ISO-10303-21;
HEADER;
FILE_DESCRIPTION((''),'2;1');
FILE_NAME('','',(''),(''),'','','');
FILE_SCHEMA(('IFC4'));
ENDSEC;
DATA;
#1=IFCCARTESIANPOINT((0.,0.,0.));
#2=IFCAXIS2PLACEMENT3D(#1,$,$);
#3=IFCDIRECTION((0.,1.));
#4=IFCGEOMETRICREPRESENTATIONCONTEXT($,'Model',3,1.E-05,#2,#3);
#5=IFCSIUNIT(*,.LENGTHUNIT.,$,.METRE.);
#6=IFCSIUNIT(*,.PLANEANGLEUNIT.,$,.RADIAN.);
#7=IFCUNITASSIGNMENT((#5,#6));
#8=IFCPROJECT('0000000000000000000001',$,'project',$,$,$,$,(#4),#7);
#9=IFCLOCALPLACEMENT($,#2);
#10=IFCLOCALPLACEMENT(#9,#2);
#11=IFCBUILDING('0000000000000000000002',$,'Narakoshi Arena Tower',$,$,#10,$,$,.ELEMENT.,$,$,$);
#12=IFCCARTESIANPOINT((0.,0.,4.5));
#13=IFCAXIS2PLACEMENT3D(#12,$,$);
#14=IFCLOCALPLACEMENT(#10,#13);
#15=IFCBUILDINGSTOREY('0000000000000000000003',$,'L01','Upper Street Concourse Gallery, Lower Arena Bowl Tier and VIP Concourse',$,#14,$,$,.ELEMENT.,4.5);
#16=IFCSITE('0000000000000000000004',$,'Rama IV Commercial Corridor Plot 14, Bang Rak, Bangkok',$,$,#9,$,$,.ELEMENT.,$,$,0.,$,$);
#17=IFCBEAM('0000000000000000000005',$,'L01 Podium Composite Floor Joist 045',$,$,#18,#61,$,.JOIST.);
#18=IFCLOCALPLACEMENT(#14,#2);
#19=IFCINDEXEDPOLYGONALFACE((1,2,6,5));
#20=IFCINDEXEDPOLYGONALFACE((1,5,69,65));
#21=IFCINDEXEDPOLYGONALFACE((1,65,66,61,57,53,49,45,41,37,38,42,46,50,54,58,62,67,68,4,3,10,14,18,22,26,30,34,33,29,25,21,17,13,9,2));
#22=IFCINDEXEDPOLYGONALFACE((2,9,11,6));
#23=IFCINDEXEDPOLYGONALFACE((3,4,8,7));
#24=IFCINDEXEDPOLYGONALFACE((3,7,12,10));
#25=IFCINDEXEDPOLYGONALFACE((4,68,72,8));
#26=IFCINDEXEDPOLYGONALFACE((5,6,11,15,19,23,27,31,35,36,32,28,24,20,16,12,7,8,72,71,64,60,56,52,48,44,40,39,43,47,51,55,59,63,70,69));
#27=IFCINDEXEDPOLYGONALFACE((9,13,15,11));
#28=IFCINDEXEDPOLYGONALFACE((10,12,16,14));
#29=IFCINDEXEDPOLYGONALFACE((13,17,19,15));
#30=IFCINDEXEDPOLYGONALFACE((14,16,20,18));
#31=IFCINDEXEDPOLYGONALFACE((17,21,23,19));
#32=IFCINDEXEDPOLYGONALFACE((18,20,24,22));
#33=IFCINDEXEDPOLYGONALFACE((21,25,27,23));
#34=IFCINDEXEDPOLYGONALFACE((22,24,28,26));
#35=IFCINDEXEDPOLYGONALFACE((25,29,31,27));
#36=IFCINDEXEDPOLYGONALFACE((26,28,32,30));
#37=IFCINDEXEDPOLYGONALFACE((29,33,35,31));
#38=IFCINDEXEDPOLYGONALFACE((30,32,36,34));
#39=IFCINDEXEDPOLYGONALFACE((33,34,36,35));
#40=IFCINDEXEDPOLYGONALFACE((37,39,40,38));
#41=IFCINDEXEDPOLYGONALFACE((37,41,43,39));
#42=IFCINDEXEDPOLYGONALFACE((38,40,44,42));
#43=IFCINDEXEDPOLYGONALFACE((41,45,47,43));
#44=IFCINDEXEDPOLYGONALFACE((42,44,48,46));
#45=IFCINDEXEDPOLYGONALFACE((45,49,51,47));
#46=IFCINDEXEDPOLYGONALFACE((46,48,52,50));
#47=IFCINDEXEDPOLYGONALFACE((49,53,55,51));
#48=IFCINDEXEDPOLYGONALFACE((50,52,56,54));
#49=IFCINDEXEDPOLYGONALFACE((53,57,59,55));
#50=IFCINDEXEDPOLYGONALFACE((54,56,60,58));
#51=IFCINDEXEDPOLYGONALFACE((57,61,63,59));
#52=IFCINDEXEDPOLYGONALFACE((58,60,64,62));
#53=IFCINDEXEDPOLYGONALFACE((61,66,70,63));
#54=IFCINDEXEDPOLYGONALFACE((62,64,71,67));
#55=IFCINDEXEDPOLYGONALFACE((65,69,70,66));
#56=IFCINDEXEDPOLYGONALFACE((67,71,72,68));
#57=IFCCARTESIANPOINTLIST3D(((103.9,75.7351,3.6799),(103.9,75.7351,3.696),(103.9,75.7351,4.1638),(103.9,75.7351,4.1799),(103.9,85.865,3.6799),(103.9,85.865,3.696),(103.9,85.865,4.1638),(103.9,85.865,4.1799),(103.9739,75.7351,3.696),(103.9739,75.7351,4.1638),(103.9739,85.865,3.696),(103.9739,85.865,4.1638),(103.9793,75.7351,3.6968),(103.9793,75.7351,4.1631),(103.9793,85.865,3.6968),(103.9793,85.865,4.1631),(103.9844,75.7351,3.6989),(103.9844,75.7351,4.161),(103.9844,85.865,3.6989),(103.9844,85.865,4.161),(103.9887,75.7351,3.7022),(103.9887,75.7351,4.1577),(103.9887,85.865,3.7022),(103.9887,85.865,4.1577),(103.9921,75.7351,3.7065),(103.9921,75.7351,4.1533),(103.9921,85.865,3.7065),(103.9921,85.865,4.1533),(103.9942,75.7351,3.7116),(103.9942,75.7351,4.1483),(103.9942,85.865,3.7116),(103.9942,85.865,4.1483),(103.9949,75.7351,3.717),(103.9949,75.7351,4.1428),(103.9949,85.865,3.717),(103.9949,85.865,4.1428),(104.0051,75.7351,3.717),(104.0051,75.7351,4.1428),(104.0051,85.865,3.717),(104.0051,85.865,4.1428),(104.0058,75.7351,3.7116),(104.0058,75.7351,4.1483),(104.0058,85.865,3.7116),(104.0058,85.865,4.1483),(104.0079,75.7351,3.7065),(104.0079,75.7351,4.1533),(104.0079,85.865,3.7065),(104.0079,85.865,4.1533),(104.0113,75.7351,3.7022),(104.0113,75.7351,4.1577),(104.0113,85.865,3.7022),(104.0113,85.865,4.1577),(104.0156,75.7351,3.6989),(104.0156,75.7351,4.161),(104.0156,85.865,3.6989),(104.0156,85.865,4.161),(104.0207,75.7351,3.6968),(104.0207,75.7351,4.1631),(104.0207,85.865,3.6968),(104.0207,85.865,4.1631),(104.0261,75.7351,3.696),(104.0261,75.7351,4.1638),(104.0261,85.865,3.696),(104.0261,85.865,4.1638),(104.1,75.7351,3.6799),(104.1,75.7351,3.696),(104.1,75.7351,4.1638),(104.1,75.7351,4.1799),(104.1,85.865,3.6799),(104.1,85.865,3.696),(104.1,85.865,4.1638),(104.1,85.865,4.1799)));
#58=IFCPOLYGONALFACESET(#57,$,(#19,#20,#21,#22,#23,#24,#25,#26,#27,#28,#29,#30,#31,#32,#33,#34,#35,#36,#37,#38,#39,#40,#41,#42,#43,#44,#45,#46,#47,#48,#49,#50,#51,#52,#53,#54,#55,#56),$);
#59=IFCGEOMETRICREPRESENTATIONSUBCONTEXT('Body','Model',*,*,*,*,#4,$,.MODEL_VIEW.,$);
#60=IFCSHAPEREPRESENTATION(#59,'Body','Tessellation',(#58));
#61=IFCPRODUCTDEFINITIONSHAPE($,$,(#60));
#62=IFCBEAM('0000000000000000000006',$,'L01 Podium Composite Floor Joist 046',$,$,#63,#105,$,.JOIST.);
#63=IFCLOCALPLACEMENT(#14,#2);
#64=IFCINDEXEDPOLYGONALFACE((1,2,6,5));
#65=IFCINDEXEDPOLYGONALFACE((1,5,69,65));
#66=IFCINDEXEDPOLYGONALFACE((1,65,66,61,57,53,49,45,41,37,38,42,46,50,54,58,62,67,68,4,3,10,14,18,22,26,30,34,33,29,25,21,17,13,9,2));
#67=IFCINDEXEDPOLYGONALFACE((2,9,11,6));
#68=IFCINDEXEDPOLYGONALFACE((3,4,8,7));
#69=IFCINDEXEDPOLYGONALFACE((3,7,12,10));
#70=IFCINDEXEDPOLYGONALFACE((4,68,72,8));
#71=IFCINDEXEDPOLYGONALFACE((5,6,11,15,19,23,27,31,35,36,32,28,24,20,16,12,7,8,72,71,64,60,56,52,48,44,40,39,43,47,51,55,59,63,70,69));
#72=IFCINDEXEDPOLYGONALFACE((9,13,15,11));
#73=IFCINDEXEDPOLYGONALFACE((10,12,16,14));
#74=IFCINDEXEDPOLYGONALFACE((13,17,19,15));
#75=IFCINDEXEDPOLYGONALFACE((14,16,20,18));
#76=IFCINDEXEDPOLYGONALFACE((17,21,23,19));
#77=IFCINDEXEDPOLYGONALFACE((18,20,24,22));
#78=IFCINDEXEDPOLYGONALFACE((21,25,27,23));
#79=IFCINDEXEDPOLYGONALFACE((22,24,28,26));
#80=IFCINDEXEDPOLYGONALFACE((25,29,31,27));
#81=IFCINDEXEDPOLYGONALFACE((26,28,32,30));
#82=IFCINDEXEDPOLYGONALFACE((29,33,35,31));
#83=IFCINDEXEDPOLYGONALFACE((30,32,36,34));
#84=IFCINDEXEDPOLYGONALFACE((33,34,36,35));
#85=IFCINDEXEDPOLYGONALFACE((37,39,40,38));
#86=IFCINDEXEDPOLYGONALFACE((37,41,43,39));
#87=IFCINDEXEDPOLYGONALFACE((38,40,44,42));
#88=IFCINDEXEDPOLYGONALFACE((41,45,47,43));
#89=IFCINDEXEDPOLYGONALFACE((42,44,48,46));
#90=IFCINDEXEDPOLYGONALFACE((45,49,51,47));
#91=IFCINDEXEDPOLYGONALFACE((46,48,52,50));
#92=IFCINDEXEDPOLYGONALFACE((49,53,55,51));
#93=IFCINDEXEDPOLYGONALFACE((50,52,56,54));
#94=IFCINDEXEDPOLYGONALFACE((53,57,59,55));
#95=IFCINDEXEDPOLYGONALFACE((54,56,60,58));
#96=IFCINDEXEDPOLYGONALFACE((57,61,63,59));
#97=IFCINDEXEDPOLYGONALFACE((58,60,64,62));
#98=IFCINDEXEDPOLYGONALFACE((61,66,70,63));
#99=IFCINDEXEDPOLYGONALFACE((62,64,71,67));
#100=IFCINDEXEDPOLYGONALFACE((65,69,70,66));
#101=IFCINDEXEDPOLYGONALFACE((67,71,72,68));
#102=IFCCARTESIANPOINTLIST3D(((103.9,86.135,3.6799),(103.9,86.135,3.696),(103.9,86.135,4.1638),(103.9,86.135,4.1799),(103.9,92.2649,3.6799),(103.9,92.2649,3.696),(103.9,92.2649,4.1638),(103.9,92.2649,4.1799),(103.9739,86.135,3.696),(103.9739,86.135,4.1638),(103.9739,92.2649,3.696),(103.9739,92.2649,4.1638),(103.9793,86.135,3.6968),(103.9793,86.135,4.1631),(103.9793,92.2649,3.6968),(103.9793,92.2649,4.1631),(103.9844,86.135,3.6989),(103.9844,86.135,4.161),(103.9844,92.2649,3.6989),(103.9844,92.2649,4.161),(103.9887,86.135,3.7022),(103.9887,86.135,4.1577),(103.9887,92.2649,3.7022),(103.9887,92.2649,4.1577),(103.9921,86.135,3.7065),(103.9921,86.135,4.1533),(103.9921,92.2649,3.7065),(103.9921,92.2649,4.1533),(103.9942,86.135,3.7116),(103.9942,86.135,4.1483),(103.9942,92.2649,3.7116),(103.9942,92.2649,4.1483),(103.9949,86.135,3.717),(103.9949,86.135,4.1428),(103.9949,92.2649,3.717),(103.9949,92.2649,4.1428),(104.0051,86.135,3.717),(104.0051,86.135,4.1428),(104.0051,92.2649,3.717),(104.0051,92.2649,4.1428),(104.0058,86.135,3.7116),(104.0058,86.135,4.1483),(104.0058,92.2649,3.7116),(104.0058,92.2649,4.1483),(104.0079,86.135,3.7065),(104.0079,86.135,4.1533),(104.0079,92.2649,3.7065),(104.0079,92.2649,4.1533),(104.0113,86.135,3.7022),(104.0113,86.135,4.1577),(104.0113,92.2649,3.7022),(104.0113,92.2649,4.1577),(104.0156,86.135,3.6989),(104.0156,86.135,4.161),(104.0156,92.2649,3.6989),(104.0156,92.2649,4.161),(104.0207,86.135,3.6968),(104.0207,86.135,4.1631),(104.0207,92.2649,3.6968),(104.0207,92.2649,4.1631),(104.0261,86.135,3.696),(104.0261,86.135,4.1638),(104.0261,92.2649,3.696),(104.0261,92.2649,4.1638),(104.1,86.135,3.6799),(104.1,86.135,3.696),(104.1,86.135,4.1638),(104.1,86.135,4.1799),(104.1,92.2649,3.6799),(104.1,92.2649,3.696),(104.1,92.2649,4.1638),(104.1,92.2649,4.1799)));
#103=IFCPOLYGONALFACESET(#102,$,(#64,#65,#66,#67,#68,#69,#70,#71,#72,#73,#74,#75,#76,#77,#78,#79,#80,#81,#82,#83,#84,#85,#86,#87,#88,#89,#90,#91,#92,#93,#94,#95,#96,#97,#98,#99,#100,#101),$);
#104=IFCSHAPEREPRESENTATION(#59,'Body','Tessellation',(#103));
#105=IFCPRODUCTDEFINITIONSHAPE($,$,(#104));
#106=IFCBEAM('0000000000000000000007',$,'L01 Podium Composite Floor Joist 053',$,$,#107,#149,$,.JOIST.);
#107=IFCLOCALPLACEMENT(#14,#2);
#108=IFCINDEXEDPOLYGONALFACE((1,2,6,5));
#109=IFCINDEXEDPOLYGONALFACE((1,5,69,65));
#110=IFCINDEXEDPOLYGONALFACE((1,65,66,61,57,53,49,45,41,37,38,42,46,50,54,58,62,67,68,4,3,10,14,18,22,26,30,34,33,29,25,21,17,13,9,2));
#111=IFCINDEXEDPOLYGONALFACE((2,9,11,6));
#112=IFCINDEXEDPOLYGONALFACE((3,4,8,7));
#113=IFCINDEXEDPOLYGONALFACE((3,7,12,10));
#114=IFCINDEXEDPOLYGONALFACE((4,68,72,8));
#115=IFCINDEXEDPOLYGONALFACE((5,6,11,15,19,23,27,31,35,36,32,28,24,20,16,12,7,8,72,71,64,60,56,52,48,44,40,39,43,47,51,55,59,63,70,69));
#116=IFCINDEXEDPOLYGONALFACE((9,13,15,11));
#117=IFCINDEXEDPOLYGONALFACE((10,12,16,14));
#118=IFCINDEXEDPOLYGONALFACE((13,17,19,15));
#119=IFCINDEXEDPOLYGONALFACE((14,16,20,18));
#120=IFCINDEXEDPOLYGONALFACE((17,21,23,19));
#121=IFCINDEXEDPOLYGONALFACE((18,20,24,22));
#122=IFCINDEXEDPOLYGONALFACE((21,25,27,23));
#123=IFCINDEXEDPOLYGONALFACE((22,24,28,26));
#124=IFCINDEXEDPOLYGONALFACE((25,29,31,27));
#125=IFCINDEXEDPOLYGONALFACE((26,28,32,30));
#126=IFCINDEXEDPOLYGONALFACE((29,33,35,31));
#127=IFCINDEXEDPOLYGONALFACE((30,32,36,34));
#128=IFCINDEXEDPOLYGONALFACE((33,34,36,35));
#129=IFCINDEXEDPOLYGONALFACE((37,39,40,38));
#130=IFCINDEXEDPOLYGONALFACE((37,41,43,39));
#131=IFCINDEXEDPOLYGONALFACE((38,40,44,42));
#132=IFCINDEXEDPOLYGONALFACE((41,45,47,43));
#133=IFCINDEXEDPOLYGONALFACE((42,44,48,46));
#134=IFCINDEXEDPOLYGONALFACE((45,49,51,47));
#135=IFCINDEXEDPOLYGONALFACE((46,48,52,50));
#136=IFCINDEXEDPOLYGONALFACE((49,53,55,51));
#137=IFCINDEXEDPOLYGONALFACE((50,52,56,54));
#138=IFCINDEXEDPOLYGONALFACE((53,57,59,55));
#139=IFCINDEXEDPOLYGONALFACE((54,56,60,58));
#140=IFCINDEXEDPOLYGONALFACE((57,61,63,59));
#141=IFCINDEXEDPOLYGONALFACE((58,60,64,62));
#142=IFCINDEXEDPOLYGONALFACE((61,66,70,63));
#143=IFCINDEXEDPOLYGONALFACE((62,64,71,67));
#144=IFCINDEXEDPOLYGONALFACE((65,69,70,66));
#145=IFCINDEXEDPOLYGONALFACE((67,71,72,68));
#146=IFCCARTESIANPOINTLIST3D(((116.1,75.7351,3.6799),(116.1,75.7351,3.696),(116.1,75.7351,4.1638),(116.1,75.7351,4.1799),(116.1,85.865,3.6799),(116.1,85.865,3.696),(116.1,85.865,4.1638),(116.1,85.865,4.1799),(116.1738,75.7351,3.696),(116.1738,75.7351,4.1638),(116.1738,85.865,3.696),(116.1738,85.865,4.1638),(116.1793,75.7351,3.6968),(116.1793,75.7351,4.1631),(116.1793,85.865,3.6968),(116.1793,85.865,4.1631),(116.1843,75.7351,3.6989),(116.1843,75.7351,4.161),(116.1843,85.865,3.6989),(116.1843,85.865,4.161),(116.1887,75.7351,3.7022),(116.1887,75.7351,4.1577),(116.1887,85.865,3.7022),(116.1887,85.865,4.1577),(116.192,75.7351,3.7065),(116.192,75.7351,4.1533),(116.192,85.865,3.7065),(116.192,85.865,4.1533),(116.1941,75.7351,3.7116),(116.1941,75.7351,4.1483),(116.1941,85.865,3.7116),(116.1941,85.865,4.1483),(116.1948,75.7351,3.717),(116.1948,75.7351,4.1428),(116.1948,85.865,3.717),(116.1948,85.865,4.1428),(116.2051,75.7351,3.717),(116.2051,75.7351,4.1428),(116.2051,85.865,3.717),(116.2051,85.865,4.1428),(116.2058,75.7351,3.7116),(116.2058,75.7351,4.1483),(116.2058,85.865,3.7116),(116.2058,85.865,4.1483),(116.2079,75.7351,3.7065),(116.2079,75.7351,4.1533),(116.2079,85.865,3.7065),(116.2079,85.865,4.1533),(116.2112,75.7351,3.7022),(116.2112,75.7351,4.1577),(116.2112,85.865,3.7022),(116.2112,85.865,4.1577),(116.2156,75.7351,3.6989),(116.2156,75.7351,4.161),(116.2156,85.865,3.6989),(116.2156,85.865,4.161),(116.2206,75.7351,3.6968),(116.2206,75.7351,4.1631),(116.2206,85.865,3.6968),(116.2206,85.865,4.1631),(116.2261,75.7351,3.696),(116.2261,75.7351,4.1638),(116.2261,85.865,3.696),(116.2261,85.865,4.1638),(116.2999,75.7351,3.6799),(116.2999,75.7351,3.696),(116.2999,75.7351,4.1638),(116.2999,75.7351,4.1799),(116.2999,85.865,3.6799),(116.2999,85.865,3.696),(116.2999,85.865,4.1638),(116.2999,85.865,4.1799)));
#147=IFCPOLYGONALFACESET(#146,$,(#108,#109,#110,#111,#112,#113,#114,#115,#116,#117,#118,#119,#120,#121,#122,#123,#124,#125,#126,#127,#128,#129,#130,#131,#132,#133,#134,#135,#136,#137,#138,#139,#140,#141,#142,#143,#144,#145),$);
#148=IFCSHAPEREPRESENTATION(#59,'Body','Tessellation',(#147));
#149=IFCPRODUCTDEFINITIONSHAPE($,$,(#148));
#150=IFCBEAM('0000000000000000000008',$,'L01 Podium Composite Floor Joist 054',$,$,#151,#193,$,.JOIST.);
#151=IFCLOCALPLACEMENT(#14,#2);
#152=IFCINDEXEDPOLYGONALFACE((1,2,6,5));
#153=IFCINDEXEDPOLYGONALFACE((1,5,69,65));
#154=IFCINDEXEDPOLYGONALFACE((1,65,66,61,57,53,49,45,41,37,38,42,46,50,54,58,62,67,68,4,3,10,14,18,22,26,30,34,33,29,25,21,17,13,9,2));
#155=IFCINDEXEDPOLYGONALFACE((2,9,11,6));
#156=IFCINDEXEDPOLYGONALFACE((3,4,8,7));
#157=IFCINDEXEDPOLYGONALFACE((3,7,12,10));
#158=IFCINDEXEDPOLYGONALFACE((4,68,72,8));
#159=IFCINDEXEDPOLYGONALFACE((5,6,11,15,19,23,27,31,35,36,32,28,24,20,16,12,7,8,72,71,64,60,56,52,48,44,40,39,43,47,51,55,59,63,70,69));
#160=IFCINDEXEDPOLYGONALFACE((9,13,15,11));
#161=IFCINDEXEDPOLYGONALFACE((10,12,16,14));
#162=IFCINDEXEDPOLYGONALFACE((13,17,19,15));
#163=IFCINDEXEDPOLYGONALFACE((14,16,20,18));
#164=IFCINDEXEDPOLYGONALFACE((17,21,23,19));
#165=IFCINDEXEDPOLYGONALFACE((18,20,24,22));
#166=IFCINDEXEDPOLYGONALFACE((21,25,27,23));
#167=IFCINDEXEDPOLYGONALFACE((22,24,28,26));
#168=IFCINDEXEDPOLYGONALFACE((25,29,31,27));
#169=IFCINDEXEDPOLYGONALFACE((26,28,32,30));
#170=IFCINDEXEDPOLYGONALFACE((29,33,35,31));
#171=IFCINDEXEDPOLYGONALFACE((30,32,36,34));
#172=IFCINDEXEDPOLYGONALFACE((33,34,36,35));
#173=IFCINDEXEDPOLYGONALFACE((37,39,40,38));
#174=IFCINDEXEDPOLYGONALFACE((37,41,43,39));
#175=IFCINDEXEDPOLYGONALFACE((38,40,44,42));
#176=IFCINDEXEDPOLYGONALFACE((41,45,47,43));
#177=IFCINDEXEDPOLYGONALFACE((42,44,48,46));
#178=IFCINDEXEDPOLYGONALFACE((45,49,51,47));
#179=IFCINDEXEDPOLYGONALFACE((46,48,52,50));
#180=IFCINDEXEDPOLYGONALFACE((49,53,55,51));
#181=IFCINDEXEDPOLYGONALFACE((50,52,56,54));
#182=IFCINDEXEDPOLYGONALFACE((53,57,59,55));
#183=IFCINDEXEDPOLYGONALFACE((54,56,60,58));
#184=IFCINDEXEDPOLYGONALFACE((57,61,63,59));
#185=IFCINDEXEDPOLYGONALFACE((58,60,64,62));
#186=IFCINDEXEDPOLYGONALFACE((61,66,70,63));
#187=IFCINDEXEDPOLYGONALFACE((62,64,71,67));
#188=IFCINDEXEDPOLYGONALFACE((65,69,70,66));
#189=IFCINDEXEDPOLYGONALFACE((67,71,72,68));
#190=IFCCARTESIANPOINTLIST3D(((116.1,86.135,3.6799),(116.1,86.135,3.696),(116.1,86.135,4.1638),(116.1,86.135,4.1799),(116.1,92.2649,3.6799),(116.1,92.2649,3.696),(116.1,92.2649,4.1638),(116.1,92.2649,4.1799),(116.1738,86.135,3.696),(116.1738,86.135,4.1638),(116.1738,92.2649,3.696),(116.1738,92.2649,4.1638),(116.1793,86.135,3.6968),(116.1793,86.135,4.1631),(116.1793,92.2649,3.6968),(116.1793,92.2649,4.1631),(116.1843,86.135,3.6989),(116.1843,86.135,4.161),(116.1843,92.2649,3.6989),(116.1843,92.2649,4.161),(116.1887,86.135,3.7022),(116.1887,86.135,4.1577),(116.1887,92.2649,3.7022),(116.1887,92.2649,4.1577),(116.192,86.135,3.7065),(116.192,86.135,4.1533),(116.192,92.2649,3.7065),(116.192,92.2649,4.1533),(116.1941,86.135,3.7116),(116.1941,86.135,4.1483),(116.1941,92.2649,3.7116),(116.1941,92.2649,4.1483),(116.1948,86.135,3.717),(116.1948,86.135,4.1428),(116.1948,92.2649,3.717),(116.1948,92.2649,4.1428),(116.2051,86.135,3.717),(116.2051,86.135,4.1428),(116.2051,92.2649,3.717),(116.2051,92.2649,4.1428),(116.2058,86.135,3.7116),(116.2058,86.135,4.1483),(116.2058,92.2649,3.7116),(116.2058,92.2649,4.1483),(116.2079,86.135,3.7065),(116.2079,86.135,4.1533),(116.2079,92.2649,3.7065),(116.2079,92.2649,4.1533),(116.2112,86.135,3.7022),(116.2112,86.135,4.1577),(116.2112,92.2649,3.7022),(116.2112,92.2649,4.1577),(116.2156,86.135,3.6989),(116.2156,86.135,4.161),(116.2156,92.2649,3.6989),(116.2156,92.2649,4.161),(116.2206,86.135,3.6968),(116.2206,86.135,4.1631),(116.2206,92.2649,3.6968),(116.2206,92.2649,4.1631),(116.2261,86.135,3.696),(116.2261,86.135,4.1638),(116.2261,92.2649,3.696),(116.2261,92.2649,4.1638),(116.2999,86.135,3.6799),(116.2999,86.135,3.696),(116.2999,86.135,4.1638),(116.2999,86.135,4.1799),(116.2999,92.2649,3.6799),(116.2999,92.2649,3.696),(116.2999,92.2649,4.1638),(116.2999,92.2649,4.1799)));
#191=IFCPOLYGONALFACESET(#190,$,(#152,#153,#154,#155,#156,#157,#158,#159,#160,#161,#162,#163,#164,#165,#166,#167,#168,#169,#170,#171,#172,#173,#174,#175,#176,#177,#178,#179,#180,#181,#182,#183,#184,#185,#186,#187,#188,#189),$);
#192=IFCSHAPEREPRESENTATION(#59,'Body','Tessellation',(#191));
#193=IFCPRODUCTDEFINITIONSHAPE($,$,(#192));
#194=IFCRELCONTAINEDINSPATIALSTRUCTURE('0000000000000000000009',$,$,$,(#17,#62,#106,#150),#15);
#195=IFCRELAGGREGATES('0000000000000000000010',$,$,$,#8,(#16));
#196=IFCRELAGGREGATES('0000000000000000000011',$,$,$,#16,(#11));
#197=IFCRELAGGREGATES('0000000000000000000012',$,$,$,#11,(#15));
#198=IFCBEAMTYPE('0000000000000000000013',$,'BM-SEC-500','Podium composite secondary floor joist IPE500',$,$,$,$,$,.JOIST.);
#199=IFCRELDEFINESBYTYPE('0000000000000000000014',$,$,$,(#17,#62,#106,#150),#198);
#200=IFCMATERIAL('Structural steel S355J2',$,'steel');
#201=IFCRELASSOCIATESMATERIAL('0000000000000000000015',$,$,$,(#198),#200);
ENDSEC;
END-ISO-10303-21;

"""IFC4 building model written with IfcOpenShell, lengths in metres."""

from ifc_helpers import new_model, si_unit, direction, frame, origin, origin_2d, place, context, subcontext, project, spatial, i_section, extrude, material, material_profile, profile_set, type_object, element, save


model = new_model("IFC4")

# Units and contexts
model_context = context("Model", 3, precision=1e-05, world=origin(), true_north=direction((0.0, 1.0)))
body_context = subcontext(model_context, "Body", "Model", "MODEL_VIEW")
ifc_project = project(units=[si_unit("LENGTHUNIT", "METRE"), si_unit("PLANEANGLEUNIT", "RADIAN")], contexts=[model_context])

# Site, building, storey
site_placement = place(None, origin())
site = spatial("IfcSite", under=ifc_project, at=site_placement, Name="Rama IV Commercial Corridor Plot 14, Bang Rak, Bangkok", CompositionType="ELEMENT", RefElevation=0.0)
building_placement = place(site_placement, origin())
building = spatial("IfcBuilding", under=site, at=building_placement, Name="Narakoshi Arena Tower", CompositionType="ELEMENT")
storey_placement = place(building_placement, frame((0.0, 0.0, 4.5)))
storey = spatial("IfcBuildingStorey", under=building, at=storey_placement, Name="L01", Description="Upper Street Concourse Gallery, Lower Arena Bowl Tier and VIP Concourse", CompositionType="ELEMENT", Elevation=4.5)

# Beams
ifc_material_1 = material(Name="Structural steel S355J2", Category="steel")
ifc_material_profile_1 = material_profile(ifc_material_1, i_section(OverallWidth=0.2, OverallDepth=0.5, WebThickness=0.0103, FlangeThickness=0.0161, FilletRadius=0.021, at=origin_2d()), Name="IPE500")
ifc_profile_set_1 = profile_set([ifc_material_profile_1], Name="Structural steel S355J2")
beam_type_1 = type_object("IfcBeamType", Name="BM-SEC-500", Description="Podium composite secondary floor joist IPE500", PredefinedType="JOIST", material=ifc_profile_set_1)
beam_1_placement = place(storey_placement, frame((104.0, 75.7351, 3.9299), z_axis=(0.0, 1.0, 0.0), x_axis=(-1.0, 0.0, 0.0)))
element("IfcBeam", 1, at=beam_1_placement, inside=storey, type_object=beam_type_1, Name="L01 Podium Composite Floor Joist 045", PredefinedType="JOIST", context=body_context, shape_type="SweptSolid", body=[
    extrude(i_section(OverallWidth=0.2, OverallDepth=0.5, WebThickness=0.0103, FlangeThickness=0.0161, FilletRadius=0.021, at=origin_2d()), origin(), (0.0, 0.0, 1.0), 10.1299),
])
beam_2_placement = place(storey_placement, frame((104.0, 86.135, 3.9299), z_axis=(0.0, 1.0, 0.0), x_axis=(-1.0, 0.0, 0.0)))
element("IfcBeam", 2, at=beam_2_placement, inside=storey, type_object=beam_type_1, Name="L01 Podium Composite Floor Joist 046", PredefinedType="JOIST", context=body_context, shape_type="SweptSolid", body=[
    extrude(i_section(OverallWidth=0.2, OverallDepth=0.5, WebThickness=0.0103, FlangeThickness=0.0161, FilletRadius=0.021, at=origin_2d()), origin(), (0.0, 0.0, 1.0), 6.1299),
])
beam_3_placement = place(storey_placement, frame((116.2, 75.7351, 3.9299), z_axis=(0.0, 1.0, 0.0), x_axis=(-1.0, 0.0, 0.0)))
element("IfcBeam", 3, at=beam_3_placement, inside=storey, type_object=beam_type_1, Name="L01 Podium Composite Floor Joist 053", PredefinedType="JOIST", context=body_context, shape_type="SweptSolid", body=[
    extrude(i_section(OverallWidth=0.2, OverallDepth=0.5, WebThickness=0.0103, FlangeThickness=0.0161, FilletRadius=0.021, at=origin_2d()), origin(), (0.0, 0.0, 1.0), 10.1299),
])
beam_4_placement = place(storey_placement, frame((116.2, 86.135, 3.9299), z_axis=(0.0, 1.0, 0.0), x_axis=(-1.0, 0.0, 0.0)))
element("IfcBeam", 4, at=beam_4_placement, inside=storey, type_object=beam_type_1, Name="L01 Podium Composite Floor Joist 054", PredefinedType="JOIST", context=body_context, shape_type="SweptSolid", body=[
    extrude(i_section(OverallWidth=0.2, OverallDepth=0.5, WebThickness=0.0103, FlangeThickness=0.0161, FilletRadius=0.021, at=origin_2d()), origin(), (0.0, 0.0, 1.0), 6.1299),
])

save(model, "model.ifc")
